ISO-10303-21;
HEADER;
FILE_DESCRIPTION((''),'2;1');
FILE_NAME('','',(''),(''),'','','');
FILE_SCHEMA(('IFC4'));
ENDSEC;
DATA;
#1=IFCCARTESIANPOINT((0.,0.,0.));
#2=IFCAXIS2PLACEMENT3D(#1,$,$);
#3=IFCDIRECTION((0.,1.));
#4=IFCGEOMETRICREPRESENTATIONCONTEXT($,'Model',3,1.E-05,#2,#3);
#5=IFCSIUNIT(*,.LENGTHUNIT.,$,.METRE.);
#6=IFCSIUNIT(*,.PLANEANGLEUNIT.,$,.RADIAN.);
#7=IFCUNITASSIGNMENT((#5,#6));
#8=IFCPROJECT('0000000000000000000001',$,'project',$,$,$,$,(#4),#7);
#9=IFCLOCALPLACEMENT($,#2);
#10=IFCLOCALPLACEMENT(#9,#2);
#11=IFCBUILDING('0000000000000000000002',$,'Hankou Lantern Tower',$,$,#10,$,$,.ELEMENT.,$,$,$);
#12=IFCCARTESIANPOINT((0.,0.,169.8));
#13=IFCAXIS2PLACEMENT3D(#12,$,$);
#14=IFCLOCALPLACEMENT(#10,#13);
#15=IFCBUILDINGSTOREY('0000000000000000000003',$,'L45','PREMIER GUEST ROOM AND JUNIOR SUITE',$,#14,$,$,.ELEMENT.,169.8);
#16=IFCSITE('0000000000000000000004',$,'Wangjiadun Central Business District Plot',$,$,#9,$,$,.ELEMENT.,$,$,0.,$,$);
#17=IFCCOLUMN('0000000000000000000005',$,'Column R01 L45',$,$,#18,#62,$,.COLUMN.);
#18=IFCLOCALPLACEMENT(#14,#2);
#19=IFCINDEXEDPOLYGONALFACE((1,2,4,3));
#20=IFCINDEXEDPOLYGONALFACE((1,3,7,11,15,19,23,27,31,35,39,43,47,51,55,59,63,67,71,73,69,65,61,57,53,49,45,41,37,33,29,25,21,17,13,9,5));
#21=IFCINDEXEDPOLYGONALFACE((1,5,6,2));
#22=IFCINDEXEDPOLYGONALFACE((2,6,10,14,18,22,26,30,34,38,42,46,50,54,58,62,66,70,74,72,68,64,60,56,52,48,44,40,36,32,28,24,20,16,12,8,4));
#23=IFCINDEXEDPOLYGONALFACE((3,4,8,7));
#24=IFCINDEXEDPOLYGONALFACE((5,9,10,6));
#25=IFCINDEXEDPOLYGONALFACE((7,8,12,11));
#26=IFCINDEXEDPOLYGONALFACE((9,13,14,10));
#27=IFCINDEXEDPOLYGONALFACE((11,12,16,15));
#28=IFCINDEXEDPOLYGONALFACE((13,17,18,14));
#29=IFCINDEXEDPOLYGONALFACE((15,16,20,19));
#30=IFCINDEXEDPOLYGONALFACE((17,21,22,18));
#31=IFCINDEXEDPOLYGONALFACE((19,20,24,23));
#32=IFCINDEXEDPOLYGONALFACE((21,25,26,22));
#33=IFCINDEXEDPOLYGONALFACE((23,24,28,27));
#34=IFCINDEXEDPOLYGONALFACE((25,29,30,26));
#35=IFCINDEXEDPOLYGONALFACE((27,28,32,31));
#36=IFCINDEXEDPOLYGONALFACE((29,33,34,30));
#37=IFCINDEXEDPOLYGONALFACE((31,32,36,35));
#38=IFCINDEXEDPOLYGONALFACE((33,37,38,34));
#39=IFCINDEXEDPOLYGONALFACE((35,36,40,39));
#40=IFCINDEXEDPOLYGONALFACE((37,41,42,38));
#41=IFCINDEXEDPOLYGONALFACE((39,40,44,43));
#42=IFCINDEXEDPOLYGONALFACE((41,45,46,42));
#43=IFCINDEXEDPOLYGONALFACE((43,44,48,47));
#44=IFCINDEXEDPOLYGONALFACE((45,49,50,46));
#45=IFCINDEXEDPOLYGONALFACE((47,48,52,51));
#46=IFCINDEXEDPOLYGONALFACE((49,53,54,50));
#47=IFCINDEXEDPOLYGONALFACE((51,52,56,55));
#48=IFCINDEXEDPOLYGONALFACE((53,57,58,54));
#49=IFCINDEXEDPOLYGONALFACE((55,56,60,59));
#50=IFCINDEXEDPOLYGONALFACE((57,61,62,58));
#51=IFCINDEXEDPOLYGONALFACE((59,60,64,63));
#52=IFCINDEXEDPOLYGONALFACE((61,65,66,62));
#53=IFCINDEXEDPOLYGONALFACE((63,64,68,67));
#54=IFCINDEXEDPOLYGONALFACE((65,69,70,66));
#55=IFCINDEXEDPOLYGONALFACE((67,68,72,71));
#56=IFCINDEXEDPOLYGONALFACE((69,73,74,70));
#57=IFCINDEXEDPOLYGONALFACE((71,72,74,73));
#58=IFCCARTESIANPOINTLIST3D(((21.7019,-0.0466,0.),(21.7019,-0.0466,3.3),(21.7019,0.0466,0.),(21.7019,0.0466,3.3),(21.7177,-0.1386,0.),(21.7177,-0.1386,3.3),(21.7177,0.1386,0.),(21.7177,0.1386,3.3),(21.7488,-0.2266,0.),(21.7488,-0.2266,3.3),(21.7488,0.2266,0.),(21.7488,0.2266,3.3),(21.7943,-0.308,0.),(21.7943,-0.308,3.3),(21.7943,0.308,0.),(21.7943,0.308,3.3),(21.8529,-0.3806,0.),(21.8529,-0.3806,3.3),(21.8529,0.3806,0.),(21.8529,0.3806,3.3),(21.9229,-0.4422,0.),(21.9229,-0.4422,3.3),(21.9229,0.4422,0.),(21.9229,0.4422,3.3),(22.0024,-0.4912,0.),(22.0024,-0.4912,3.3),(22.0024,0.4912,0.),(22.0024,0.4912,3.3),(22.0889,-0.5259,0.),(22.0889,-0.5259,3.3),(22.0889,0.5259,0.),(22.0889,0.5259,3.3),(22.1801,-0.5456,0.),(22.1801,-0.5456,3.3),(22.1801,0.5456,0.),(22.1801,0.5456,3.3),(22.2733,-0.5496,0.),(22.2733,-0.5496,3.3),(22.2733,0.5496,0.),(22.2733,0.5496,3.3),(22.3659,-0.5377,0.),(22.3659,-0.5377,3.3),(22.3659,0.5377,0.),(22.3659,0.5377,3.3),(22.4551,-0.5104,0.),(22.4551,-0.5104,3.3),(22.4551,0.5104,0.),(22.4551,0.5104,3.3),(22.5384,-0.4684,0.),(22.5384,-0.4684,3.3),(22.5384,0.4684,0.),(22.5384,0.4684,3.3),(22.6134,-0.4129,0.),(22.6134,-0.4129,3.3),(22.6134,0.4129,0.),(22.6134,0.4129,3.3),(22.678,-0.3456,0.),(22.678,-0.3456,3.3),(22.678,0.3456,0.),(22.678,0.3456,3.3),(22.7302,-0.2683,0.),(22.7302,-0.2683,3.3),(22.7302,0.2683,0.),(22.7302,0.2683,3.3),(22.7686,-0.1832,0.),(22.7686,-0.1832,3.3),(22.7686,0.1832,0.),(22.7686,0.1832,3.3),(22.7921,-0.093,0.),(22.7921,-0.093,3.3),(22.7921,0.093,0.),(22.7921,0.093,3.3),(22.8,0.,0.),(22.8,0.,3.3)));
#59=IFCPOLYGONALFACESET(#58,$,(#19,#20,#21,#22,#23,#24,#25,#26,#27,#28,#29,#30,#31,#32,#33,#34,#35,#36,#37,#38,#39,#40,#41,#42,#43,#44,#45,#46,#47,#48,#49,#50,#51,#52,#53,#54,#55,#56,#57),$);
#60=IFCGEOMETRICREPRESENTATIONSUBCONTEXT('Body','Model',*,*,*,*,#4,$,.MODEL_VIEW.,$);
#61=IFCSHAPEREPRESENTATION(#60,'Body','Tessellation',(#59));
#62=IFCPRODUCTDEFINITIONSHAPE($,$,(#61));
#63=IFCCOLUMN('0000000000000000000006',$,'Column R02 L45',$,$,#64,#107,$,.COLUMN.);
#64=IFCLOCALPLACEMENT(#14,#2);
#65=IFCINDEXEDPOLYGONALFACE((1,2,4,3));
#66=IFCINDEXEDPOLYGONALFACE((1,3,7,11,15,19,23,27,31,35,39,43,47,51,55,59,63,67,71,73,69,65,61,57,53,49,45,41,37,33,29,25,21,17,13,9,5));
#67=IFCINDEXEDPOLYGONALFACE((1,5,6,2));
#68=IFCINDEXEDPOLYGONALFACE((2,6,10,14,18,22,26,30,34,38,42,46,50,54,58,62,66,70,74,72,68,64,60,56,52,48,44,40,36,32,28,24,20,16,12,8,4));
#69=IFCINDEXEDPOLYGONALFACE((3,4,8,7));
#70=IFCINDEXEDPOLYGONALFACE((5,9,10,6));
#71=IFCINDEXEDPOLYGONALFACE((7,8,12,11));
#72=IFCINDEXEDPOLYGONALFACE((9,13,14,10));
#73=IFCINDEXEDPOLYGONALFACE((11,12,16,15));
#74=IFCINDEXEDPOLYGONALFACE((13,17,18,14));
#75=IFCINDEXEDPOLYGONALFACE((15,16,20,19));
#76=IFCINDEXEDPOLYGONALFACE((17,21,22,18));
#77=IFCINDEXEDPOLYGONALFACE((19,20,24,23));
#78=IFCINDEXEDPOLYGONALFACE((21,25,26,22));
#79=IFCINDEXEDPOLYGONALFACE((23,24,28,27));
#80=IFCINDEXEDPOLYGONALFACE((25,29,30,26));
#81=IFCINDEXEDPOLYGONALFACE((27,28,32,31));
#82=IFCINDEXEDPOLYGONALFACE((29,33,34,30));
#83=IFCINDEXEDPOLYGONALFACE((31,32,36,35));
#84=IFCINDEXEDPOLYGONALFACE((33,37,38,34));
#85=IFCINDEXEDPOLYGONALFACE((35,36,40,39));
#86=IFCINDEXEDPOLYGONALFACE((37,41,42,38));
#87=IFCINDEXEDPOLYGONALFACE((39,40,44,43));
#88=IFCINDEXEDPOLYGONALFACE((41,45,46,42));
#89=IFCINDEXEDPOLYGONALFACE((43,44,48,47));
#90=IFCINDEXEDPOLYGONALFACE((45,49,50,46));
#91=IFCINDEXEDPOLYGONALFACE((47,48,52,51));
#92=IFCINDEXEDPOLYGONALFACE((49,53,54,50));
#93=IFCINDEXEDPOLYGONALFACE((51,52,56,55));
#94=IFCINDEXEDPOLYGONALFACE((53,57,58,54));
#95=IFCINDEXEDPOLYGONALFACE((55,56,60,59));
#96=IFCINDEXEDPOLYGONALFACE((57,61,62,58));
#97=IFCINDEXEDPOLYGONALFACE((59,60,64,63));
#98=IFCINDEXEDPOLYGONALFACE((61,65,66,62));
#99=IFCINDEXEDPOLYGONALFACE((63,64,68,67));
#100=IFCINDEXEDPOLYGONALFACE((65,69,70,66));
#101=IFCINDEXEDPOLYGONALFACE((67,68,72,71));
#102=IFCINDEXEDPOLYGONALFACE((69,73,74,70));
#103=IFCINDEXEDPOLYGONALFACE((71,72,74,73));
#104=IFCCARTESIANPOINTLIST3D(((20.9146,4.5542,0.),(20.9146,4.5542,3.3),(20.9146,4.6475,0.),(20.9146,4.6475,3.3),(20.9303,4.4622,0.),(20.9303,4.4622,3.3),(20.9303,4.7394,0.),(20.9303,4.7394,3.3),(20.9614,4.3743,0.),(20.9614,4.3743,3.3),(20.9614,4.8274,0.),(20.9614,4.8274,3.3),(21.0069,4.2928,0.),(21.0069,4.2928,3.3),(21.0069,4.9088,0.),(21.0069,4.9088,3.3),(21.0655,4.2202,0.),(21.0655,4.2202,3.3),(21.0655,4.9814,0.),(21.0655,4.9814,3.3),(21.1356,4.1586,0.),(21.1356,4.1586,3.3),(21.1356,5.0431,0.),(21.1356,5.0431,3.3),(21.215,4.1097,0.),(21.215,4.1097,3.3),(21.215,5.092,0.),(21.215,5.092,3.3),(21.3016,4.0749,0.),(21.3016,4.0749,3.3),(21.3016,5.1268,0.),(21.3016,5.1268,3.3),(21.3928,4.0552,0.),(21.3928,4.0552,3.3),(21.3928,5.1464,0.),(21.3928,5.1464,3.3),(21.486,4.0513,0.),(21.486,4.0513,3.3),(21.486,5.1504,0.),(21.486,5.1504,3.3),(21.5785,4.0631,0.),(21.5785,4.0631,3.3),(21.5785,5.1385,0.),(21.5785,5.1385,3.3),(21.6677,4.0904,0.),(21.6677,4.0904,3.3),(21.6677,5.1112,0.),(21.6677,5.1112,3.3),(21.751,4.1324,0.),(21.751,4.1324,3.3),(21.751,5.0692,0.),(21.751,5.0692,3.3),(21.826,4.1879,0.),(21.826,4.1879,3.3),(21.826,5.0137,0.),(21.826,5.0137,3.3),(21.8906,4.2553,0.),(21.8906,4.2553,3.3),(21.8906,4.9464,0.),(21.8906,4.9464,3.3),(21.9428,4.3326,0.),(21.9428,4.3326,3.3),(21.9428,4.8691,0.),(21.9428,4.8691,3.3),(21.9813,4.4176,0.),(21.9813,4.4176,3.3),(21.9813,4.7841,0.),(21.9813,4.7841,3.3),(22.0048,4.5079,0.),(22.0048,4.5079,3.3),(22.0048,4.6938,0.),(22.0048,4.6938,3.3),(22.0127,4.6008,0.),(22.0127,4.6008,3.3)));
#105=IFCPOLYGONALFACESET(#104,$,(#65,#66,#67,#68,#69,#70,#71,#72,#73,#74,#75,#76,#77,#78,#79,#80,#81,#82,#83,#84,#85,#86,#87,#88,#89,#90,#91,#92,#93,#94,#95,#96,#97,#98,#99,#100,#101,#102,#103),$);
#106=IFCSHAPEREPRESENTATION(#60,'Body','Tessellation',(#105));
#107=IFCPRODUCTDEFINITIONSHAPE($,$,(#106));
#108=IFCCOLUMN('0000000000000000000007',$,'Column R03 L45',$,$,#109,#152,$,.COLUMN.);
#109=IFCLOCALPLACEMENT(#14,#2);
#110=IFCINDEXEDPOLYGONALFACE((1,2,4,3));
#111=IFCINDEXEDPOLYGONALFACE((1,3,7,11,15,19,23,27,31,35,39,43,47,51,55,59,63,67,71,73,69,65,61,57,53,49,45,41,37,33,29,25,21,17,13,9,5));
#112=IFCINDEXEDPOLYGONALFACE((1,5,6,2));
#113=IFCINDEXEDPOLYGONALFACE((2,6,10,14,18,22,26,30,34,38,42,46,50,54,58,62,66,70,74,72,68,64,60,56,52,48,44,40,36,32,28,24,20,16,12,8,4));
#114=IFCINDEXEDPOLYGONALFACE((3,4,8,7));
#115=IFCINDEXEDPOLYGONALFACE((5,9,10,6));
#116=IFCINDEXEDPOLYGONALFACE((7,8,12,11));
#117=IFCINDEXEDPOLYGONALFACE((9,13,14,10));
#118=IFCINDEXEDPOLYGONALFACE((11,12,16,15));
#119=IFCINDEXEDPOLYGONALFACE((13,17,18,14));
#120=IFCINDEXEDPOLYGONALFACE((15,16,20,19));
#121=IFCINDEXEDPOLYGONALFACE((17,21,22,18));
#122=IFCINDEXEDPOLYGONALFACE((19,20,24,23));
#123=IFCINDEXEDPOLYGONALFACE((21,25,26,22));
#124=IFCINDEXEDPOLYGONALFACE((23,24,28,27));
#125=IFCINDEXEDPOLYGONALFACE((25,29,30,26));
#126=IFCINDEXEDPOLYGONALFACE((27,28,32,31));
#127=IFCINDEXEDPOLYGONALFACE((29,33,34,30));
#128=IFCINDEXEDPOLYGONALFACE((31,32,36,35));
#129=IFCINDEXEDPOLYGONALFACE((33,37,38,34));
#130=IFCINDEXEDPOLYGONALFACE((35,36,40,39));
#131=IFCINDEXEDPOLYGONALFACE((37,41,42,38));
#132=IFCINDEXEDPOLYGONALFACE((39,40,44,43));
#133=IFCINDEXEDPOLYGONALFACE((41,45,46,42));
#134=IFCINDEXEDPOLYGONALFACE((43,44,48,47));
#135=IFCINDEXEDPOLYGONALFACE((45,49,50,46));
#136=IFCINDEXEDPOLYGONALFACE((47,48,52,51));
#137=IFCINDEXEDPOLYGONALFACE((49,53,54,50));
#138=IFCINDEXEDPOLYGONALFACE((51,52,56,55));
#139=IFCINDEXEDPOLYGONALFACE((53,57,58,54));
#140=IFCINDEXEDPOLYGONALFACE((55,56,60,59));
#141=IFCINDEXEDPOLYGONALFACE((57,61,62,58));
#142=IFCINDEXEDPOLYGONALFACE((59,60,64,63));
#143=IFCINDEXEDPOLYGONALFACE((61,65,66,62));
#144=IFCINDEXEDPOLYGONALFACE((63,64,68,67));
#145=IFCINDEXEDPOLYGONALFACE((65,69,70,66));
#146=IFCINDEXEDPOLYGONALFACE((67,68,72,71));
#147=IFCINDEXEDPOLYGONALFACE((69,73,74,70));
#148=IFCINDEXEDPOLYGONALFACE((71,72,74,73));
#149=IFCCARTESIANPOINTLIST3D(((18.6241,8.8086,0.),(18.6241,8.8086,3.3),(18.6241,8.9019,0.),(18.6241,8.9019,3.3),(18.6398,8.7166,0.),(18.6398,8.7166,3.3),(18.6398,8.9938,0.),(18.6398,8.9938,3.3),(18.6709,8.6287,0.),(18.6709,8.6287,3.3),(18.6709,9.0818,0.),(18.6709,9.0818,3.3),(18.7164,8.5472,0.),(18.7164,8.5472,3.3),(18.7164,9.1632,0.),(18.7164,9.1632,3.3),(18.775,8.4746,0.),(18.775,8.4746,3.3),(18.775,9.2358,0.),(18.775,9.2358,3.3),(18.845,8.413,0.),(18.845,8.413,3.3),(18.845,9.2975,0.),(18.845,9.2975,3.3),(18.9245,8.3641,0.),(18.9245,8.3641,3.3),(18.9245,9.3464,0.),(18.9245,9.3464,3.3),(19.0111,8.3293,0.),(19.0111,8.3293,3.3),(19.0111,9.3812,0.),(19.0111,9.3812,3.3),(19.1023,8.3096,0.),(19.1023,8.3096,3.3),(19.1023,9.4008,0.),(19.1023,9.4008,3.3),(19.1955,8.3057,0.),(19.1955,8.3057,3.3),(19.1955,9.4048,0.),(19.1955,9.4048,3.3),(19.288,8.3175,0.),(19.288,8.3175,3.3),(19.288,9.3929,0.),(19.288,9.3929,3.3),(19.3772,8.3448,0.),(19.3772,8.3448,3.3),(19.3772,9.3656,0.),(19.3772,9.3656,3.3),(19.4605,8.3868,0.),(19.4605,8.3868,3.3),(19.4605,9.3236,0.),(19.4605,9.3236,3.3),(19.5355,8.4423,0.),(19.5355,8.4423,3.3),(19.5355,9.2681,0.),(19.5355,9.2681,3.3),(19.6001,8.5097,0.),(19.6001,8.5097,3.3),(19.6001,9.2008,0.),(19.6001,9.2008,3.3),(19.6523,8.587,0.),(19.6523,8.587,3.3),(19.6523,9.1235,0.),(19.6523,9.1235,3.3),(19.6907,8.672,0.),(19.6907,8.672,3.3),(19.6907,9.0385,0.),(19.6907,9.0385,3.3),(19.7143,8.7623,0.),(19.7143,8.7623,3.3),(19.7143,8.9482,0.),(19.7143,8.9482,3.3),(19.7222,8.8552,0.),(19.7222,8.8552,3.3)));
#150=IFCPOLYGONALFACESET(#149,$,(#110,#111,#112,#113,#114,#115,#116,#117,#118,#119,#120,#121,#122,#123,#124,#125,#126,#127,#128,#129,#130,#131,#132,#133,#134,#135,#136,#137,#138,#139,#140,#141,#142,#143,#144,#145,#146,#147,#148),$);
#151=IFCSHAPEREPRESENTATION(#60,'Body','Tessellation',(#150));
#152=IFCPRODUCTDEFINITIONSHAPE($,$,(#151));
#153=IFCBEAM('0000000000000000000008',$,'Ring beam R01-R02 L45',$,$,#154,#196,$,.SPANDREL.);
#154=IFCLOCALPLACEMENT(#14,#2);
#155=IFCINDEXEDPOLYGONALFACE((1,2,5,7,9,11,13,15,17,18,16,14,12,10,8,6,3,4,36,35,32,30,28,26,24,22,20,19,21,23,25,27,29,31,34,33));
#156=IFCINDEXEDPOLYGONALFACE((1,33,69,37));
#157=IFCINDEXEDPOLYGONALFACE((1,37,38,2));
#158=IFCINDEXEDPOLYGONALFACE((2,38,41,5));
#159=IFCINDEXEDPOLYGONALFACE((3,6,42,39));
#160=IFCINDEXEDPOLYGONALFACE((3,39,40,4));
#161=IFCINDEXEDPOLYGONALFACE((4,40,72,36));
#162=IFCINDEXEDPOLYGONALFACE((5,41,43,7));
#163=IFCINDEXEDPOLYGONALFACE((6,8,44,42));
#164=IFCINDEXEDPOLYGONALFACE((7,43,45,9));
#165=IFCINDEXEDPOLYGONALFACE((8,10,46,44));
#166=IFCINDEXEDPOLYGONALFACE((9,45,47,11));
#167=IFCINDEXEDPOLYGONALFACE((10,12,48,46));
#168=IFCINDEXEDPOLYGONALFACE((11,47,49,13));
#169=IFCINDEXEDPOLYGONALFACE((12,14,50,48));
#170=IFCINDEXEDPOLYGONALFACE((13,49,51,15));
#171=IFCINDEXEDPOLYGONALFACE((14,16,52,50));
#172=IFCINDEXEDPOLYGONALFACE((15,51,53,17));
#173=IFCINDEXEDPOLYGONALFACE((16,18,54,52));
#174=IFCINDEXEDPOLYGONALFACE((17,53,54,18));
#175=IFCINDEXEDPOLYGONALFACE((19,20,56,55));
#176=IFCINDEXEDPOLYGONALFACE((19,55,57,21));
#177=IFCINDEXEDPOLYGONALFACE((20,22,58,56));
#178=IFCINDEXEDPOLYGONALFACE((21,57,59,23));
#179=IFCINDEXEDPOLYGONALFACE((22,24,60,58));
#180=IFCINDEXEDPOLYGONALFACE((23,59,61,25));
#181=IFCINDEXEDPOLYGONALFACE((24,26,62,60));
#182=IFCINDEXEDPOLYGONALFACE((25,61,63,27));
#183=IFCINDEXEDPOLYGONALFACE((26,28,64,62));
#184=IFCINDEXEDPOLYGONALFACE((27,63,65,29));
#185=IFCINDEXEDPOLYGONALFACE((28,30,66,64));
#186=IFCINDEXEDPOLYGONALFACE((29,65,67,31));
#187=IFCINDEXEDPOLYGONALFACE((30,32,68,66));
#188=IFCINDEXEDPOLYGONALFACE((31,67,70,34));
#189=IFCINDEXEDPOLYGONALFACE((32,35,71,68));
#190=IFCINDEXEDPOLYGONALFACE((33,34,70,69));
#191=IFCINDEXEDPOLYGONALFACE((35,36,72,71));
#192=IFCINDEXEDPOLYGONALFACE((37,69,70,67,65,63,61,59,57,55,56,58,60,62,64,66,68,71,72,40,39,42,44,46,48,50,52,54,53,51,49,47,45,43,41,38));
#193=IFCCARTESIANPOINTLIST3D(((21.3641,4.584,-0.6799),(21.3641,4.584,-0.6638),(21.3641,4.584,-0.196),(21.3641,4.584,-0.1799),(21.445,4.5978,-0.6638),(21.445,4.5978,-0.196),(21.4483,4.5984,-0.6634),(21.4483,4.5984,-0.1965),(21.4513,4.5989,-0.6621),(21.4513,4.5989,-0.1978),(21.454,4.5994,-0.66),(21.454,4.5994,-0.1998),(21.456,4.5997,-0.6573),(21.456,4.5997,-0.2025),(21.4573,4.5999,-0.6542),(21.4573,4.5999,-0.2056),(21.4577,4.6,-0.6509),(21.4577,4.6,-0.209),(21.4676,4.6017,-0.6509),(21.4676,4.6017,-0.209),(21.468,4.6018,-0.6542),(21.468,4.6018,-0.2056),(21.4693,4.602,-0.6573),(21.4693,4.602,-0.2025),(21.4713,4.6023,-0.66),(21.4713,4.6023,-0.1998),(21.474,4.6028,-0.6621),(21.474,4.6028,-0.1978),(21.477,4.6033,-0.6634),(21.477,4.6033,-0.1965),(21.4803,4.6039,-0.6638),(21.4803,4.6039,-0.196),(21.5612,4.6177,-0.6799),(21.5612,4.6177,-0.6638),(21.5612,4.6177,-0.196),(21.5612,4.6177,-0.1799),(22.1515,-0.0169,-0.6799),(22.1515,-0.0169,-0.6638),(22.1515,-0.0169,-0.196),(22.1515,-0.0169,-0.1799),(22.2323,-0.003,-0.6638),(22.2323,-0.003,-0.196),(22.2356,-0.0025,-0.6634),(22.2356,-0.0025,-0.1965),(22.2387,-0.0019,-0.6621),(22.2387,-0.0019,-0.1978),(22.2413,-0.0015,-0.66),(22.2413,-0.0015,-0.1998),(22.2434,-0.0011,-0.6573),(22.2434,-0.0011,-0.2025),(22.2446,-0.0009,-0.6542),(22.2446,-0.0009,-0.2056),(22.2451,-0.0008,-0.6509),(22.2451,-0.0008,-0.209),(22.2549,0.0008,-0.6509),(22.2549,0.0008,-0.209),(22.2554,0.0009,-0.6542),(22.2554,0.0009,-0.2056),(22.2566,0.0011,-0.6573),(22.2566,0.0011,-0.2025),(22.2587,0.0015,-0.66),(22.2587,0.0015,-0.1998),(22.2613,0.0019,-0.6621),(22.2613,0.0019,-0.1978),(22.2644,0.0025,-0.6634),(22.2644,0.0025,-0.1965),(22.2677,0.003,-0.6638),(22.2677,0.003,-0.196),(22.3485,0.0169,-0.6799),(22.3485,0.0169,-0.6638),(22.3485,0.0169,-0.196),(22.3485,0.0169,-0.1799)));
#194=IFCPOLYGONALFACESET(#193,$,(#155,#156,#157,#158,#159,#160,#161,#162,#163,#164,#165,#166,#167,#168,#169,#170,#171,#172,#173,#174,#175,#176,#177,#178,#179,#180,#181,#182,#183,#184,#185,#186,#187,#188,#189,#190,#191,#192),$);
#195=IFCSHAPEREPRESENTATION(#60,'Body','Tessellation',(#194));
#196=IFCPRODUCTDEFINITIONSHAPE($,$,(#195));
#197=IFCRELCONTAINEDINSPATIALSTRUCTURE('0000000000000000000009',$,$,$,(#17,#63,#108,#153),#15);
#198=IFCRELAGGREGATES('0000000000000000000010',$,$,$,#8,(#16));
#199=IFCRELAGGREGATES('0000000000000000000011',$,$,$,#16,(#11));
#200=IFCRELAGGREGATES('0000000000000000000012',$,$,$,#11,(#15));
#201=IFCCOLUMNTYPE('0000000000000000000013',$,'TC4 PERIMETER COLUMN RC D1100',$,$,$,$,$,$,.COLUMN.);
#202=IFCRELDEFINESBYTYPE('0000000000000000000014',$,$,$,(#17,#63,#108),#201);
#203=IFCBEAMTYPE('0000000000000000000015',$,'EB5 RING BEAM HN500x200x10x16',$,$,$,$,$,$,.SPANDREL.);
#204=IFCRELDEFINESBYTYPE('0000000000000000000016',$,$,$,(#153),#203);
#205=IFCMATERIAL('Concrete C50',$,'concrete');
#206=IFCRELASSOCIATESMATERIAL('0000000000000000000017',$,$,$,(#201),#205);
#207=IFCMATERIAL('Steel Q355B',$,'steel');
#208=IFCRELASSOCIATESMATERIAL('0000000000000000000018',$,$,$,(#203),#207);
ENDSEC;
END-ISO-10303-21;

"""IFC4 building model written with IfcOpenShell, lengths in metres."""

from ifc_helpers import new_model, si_unit, direction, frame, origin, origin_2d, place, context, subcontext, project, spatial, circle, i_section, extrude, material, material_profile, profile_set, type_object, element, save


model = new_model("IFC4")

# Units and contexts
model_context = context("Model", 3, precision=1e-05, world=origin(), true_north=direction((0.0, 1.0)))
body_context = subcontext(model_context, "Body", "Model", "MODEL_VIEW")
ifc_project = project(units=[si_unit("LENGTHUNIT", "METRE"), si_unit("PLANEANGLEUNIT", "RADIAN")], contexts=[model_context])

# Site, building, storey
site_placement = place(None, origin())
site = spatial("IfcSite", under=ifc_project, at=site_placement, Name="Wangjiadun Central Business District Plot", CompositionType="ELEMENT", RefElevation=0.0)
building_placement = place(site_placement, origin())
building = spatial("IfcBuilding", under=site, at=building_placement, Name="Hankou Lantern Tower", CompositionType="ELEMENT")
storey_placement = place(building_placement, frame((0.0, 0.0, 169.8)))
storey = spatial("IfcBuildingStorey", under=building, at=storey_placement, Name="L45", Description="PREMIER GUEST ROOM AND JUNIOR SUITE", CompositionType="ELEMENT", Elevation=169.8)

# Columns
ifc_material_1 = material(Name="Concrete C50", Category="concrete")
ifc_material_profile_1 = material_profile(ifc_material_1, circle(Radius=0.55, at=origin_2d()), Name="RC D1100")
ifc_profile_set_1 = profile_set([ifc_material_profile_1], Name="Concrete C50")
column_type = type_object("IfcColumnType", Name="TC4 PERIMETER COLUMN RC D1100", PredefinedType="COLUMN", material=ifc_profile_set_1)
for number, where, z_axis, x_axis, name in (
    (1, (22.25, 0.0, 0.0), (0.0, 0.0, 1.0), (1.0, 0.0, 0.0), "Column R01 L45"),
    (2, (21.4626, 4.6008, 0.0), (0.0, 0.0, 1.0), (1.0, 0.0, 0.0), "Column R02 L45"),
    (3, (19.1721, 8.8552, 0.0), (0.0, 0.0, 1.0), (1.0, 0.0, 0.0), "Column R03 L45"),
):
    element("IfcColumn", number, at=place(storey_placement, frame(where, z_axis=z_axis, x_axis=x_axis)), inside=storey, type_object=column_type, Name=name, PredefinedType="COLUMN", context=body_context, shape_type="SweptSolid", body=[
        extrude(circle(Radius=0.55, at=origin_2d()), origin(), (0.0, 0.0, 1.0), 3.3),
    ])

# Beam
ifc_material_2 = material(Name="Steel Q355B", Category="steel")
ifc_material_profile_2 = material_profile(ifc_material_2, i_section(OverallWidth=0.2, OverallDepth=0.5, WebThickness=0.01, FlangeThickness=0.0161, FilletRadius=0.0129, at=origin_2d()), Name="HN500x200x10x16")
ifc_profile_set_2 = profile_set([ifc_material_profile_2], Name="Steel Q355B")
beam_type_1 = type_object("IfcBeamType", Name="EB5 RING BEAM HN500x200x10x16", PredefinedType="SPANDREL", material=ifc_profile_set_2)
beam_1_placement = place(storey_placement, frame((22.25, 0.0, -0.4299), z_axis=(-0.168681, 0.985671, 0.0), x_axis=(-0.985671, -0.168681, 0.0)))
element("IfcBeam", 4, at=beam_1_placement, inside=storey, type_object=beam_type_1, Name="Ring beam R01-R02 L45", PredefinedType="SPANDREL", context=body_context, shape_type="SweptSolid", body=[
    extrude(i_section(OverallWidth=0.2, OverallDepth=0.5, WebThickness=0.01, FlangeThickness=0.0161, FilletRadius=0.0129, at=origin_2d()), origin(), (0.0, 0.0, 1.0), 4.6677),
])

save(model, "model.ifc")
